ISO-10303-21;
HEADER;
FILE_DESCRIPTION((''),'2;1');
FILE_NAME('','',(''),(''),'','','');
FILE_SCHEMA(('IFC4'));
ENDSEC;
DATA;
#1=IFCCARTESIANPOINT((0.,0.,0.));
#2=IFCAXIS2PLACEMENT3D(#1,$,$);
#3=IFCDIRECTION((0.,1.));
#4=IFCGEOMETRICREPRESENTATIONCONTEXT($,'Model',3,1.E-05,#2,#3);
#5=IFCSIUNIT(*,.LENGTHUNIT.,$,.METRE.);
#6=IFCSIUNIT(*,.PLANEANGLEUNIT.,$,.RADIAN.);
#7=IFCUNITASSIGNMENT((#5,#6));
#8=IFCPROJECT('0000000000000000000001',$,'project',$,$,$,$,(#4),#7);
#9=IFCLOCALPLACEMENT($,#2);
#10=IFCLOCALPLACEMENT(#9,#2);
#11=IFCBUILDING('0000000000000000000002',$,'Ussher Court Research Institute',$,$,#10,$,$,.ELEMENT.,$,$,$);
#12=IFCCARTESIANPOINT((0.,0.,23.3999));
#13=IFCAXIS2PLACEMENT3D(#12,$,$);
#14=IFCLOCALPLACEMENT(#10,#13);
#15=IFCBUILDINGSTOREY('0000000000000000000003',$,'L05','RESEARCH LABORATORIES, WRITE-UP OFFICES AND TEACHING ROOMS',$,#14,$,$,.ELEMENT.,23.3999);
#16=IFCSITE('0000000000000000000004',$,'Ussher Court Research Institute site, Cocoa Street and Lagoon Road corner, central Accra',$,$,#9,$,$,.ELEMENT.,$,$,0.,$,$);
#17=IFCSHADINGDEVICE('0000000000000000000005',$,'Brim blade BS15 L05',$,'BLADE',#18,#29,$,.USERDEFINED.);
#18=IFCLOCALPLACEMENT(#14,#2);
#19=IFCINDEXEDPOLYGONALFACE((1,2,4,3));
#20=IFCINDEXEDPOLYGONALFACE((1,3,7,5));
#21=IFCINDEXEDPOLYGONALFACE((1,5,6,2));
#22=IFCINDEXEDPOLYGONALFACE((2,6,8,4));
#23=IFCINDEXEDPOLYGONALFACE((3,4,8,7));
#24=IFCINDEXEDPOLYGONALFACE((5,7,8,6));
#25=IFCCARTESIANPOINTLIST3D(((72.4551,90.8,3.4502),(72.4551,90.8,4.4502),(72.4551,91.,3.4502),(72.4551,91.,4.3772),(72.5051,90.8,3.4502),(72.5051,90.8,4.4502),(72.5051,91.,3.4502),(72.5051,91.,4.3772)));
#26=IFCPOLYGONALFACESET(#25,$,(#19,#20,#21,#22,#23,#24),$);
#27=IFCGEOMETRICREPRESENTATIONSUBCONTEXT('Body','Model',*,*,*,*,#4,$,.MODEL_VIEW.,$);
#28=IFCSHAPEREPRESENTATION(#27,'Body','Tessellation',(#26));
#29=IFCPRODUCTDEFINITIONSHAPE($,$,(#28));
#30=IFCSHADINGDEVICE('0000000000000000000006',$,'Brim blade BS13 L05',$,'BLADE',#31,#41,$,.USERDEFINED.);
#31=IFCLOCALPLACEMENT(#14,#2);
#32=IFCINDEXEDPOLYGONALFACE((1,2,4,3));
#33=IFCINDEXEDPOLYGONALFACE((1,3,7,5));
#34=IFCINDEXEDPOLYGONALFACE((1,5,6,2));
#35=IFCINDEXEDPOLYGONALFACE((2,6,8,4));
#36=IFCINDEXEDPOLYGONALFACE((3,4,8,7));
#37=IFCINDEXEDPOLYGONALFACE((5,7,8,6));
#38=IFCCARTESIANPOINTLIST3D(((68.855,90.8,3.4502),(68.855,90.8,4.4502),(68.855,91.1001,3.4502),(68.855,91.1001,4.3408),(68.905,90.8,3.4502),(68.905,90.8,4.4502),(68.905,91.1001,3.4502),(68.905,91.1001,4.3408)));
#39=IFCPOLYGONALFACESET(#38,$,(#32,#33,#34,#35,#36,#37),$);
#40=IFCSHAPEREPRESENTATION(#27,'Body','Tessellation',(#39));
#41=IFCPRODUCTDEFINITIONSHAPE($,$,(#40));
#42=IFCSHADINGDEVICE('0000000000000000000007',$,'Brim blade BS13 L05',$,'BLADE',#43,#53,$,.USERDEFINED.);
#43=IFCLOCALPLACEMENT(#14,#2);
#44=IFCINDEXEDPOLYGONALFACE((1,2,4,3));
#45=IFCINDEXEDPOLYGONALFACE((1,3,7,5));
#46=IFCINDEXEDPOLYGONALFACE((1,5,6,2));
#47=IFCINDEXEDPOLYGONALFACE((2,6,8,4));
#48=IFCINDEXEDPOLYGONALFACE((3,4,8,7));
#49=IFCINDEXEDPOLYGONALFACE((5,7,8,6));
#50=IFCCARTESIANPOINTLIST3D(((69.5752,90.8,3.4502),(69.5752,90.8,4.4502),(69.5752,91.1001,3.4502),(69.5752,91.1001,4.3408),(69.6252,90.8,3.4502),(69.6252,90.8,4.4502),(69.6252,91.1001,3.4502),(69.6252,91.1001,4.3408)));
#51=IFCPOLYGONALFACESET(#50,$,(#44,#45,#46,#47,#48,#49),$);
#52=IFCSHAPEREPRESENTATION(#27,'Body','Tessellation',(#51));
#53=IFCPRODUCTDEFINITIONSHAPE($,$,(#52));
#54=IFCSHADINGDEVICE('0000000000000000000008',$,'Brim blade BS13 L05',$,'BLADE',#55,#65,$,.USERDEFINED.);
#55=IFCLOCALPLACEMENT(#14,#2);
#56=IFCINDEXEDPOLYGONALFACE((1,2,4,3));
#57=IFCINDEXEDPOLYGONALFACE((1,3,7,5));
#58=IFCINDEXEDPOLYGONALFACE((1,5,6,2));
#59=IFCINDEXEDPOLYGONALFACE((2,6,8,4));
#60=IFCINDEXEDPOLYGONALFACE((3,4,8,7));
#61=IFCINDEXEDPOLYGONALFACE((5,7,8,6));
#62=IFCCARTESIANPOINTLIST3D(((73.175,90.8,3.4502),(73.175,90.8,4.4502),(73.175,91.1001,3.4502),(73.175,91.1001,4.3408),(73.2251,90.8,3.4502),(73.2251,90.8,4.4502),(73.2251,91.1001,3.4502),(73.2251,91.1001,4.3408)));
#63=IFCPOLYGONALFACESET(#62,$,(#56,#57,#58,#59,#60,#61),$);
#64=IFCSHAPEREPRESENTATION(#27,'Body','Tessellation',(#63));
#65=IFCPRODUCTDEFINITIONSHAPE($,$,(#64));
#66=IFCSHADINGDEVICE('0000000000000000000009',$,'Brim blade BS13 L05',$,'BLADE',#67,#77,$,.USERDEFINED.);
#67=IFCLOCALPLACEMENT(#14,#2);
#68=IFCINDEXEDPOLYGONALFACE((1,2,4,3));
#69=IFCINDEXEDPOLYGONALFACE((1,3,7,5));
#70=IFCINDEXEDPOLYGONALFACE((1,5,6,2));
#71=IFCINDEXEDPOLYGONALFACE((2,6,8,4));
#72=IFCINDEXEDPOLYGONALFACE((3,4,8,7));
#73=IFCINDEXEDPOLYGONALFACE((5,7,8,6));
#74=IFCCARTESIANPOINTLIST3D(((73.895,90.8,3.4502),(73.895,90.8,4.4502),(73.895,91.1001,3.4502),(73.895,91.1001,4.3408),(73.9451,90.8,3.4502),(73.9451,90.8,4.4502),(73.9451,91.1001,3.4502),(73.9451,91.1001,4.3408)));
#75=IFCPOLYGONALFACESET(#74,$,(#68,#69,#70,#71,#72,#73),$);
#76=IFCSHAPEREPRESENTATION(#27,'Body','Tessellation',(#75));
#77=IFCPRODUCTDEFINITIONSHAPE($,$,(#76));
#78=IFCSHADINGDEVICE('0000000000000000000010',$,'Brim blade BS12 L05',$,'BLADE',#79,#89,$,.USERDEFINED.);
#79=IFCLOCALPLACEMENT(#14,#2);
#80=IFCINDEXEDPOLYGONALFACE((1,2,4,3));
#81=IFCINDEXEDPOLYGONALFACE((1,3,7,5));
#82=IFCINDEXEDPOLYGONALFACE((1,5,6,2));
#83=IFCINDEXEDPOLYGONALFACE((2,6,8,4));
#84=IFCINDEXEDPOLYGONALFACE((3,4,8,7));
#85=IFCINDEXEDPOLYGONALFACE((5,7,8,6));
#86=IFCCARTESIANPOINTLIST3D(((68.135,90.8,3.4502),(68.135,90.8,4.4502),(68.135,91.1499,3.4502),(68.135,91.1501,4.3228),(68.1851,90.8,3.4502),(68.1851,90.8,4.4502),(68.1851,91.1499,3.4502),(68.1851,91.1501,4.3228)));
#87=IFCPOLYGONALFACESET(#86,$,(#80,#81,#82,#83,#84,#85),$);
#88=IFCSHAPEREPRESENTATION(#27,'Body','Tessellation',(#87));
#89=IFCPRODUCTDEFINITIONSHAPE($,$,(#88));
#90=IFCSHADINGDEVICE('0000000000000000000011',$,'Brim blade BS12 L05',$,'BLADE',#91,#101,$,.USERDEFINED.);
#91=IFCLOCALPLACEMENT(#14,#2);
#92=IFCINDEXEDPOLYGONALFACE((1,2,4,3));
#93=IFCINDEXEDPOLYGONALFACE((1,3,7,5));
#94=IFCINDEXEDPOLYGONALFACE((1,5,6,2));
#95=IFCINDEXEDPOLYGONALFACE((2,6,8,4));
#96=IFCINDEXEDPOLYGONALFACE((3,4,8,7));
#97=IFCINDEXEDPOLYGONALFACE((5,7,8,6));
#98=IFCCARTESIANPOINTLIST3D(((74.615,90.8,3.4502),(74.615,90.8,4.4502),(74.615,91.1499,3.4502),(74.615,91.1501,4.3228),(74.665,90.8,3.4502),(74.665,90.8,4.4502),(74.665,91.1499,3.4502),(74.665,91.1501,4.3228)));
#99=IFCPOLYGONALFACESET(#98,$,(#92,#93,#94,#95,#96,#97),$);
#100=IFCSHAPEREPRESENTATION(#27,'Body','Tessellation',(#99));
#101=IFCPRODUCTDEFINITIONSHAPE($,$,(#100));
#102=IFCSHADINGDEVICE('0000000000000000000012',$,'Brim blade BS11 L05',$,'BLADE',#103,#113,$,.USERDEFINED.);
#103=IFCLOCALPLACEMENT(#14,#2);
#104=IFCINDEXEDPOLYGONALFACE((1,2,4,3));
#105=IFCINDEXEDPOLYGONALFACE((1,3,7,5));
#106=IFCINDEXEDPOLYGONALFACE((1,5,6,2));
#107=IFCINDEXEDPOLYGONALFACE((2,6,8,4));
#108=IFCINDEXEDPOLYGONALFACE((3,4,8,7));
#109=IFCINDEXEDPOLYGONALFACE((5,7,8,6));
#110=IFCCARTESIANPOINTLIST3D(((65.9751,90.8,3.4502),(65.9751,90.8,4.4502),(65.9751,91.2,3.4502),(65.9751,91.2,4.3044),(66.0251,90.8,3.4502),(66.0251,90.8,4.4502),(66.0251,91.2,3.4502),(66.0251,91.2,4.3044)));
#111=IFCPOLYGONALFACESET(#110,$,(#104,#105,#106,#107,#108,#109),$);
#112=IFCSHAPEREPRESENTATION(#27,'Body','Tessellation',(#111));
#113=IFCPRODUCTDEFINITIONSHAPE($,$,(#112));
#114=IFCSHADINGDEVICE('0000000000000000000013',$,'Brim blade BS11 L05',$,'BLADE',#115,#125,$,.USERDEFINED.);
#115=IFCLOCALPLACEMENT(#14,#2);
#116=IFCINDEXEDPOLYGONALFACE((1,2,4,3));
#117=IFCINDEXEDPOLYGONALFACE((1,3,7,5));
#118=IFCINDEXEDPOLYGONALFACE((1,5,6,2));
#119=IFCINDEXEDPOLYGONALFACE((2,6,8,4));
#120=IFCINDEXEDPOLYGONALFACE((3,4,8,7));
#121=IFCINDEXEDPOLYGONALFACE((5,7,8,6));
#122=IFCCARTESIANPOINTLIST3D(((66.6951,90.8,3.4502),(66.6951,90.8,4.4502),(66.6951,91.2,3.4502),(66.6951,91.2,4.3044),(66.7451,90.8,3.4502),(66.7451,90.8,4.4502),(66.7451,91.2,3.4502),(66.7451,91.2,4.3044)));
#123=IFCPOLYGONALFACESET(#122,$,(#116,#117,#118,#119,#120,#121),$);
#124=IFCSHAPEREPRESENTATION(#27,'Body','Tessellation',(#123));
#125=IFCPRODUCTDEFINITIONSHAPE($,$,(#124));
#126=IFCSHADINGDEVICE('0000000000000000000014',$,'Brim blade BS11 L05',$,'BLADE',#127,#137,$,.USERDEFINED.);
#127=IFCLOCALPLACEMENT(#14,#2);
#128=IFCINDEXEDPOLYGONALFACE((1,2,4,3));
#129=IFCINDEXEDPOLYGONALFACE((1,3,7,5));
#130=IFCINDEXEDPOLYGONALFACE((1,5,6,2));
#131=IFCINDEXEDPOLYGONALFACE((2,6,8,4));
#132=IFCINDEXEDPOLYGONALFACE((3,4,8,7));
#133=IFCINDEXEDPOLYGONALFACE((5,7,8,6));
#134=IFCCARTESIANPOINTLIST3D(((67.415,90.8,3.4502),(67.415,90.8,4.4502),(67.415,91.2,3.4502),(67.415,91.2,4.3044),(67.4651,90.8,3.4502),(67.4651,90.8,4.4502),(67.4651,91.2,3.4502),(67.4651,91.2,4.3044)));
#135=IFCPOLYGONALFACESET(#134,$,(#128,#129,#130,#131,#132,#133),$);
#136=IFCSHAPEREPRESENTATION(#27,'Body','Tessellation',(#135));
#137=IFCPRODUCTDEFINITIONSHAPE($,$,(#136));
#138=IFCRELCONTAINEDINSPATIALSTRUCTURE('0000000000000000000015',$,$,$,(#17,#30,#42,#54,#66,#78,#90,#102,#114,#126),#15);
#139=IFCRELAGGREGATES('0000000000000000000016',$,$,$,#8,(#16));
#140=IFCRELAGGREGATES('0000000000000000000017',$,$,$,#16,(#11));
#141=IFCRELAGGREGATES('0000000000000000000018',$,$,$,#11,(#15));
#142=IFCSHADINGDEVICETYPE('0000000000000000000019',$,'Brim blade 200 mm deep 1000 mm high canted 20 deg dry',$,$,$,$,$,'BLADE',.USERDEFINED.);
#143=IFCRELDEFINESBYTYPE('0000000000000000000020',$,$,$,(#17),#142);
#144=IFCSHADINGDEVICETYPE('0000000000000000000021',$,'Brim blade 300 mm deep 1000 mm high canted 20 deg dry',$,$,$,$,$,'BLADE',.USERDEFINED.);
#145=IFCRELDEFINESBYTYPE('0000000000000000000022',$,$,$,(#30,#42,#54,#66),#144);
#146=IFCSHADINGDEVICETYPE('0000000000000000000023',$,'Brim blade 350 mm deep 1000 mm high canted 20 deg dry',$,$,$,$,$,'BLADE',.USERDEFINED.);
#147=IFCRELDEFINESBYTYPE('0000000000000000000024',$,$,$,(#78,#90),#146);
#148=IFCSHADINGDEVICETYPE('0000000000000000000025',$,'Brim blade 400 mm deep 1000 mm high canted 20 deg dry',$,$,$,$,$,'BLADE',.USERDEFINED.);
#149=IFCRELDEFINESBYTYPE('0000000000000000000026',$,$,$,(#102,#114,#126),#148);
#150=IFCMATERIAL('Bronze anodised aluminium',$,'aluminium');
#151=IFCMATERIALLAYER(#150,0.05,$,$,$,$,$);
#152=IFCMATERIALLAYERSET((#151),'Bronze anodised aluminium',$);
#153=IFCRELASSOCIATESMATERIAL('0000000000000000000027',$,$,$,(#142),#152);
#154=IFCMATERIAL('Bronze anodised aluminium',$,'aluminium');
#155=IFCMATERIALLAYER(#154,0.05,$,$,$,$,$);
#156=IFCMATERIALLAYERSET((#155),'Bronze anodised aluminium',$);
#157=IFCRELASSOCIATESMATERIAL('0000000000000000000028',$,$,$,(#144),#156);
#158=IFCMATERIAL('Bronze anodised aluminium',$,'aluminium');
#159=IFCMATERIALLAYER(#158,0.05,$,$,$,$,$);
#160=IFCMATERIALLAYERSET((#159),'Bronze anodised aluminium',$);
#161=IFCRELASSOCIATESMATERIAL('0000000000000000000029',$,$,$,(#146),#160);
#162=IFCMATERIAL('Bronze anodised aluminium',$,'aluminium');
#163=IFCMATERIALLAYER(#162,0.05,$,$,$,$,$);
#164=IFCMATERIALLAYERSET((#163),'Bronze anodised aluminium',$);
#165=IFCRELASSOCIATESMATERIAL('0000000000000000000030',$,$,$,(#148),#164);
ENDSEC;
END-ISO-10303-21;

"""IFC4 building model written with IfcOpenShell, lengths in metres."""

from ifc_helpers import new_model, si_unit, direction, frame, origin, place, context, subcontext, project, spatial, polyline, outline, extrude, material, layer, layer_set, type_object, element, save


model = new_model("IFC4")

# Units and contexts
model_context = context("Model", 3, precision=1e-05, world=origin(), true_north=direction((0.0, 1.0)))
body_context = subcontext(model_context, "Body", "Model", "MODEL_VIEW")
ifc_project = project(units=[si_unit("LENGTHUNIT", "METRE"), si_unit("PLANEANGLEUNIT", "RADIAN")], contexts=[model_context])

# Site, building, storey
site_placement = place(None, origin())
site = spatial("IfcSite", under=ifc_project, at=site_placement, Name="Ussher Court Research Institute site, Cocoa Street and Lagoon Road corner, central Accra", CompositionType="ELEMENT", RefElevation=0.0)
building_placement = place(site_placement, origin())
building = spatial("IfcBuilding", under=site, at=building_placement, Name="Ussher Court Research Institute", CompositionType="ELEMENT")
storey_placement = place(building_placement, frame((0.0, 0.0, 23.3999)))
storey = spatial("IfcBuildingStorey", under=building, at=storey_placement, Name="L05", Description="RESEARCH LABORATORIES, WRITE-UP OFFICES AND TEACHING ROOMS", CompositionType="ELEMENT", Elevation=23.3999)

# Shading devices
ifc_material_1 = material(Name="Bronze anodised aluminium", Category="aluminium")
ifc_layer_1 = layer(ifc_material_1, 0.05)
ifc_layer_set_1 = layer_set([ifc_layer_1], Name="Bronze anodised aluminium")
shading_device_type_1 = type_object("IfcShadingDeviceType", Name="Brim blade 200 mm deep 1000 mm high canted 20 deg dry", ElementType="BLADE", PredefinedType="USERDEFINED", material=ifc_layer_set_1)
for number, where, z_axis, x_axis, name in (
    (1, (72.48, 90.8, 3.4502), (0.0, 0.0, 1.0), (0.0, 1.0, 0.0), "Brim blade BS15 L05"),
):
    element("IfcShadingDevice", number, at=place(storey_placement, frame(where, z_axis=z_axis, x_axis=x_axis)), inside=storey, type_object=shading_device_type_1, Name=name, ObjectType="BLADE", PredefinedType="USERDEFINED", context=body_context, shape_type="SweptSolid", body=[
        extrude(outline(polyline([(0.0, 0.0), (0.2, 0.0), (0.2, 0.927), (0.0, 1.0), (0.0, 0.0)])), frame((0.0, 0.0249, 0.0), z_axis=(0.0, -1.0, 0.0), x_axis=(1.0, 0.0, 0.0)), (0.0, 0.0, 1.0), 0.05),
    ])
ifc_material_2 = material(Name="Bronze anodised aluminium", Category="aluminium")
ifc_layer_2 = layer(ifc_material_2, 0.05)
ifc_layer_set_2 = layer_set([ifc_layer_2], Name="Bronze anodised aluminium")
shading_device_type_2 = type_object("IfcShadingDeviceType", Name="Brim blade 300 mm deep 1000 mm high canted 20 deg dry", ElementType="BLADE", PredefinedType="USERDEFINED", material=ifc_layer_set_2)
for number, where, z_axis, x_axis, name in (
    (2, (68.8799, 90.8, 3.4502), (0.0, 0.0, 1.0), (0.0, 1.0, 0.0), "Brim blade BS13 L05"),
    (3, (69.6001, 90.8, 3.4502), (0.0, 0.0, 1.0), (0.0, 1.0, 0.0), "Brim blade BS13 L05"),
    (4, (73.2, 90.8, 3.4502), (0.0, 0.0, 1.0), (0.0, 1.0, 0.0), "Brim blade BS13 L05"),
    (5, (73.9199, 90.8, 3.4502), (0.0, 0.0, 1.0), (0.0, 1.0, 0.0), "Brim blade BS13 L05"),
):
    element("IfcShadingDevice", number, at=place(storey_placement, frame(where, z_axis=z_axis, x_axis=x_axis)), inside=storey, type_object=shading_device_type_2, Name=name, ObjectType="BLADE", PredefinedType="USERDEFINED", context=body_context, shape_type="SweptSolid", body=[
        extrude(outline(polyline([(0.0, 0.0), (0.3, 0.0), (0.3, 0.8906), (0.0, 1.0), (0.0, 0.0)])), frame((0.0, 0.0249, 0.0), z_axis=(0.0, -1.0, 0.0), x_axis=(1.0, 0.0, 0.0)), (0.0, 0.0, 1.0), 0.05),
    ])
ifc_material_3 = material(Name="Bronze anodised aluminium", Category="aluminium")
ifc_layer_3 = layer(ifc_material_3, 0.05)
ifc_layer_set_3 = layer_set([ifc_layer_3], Name="Bronze anodised aluminium")
shading_device_type_3 = type_object("IfcShadingDeviceType", Name="Brim blade 350 mm deep 1000 mm high canted 20 deg dry", ElementType="BLADE", PredefinedType="USERDEFINED", material=ifc_layer_set_3)
for number, where, z_axis, x_axis, name in (
    (6, (68.1599, 90.8, 3.4502), (0.0, 0.0, 1.0), (0.0, 1.0, 0.0), "Brim blade BS12 L05"),
    (7, (74.6399, 90.8, 3.4502), (0.0, 0.0, 1.0), (0.0, 1.0, 0.0), "Brim blade BS12 L05"),
):
    element("IfcShadingDevice", number, at=place(storey_placement, frame(where, z_axis=z_axis, x_axis=x_axis)), inside=storey, type_object=shading_device_type_3, Name=name, ObjectType="BLADE", PredefinedType="USERDEFINED", context=body_context, shape_type="SweptSolid", body=[
        extrude(outline(polyline([(0.0, 0.0), (0.3499, 0.0), (0.3501, 0.8726), (0.0, 1.0), (0.0, 0.0)])), frame((0.0, 0.0249, 0.0), z_axis=(0.0, -1.0, 0.0), x_axis=(1.0, 0.0, 0.0)), (0.0, 0.0, 1.0), 0.05),
    ])
ifc_material_4 = material(Name="Bronze anodised aluminium", Category="aluminium")
ifc_layer_4 = layer(ifc_material_4, 0.05)
ifc_layer_set_4 = layer_set([ifc_layer_4], Name="Bronze anodised aluminium")
shading_device_type_4 = type_object("IfcShadingDeviceType", Name="Brim blade 400 mm deep 1000 mm high canted 20 deg dry", ElementType="BLADE", PredefinedType="USERDEFINED", material=ifc_layer_set_4)
for number, where, z_axis, x_axis, name in (
    (8, (66.0, 90.8, 3.4502), (0.0, 0.0, 1.0), (0.0, 1.0, 0.0), "Brim blade BS11 L05"),
    (9, (66.72, 90.8, 3.4502), (0.0, 0.0, 1.0), (0.0, 1.0, 0.0), "Brim blade BS11 L05"),
    (10, (67.4399, 90.8, 3.4502), (0.0, 0.0, 1.0), (0.0, 1.0, 0.0), "Brim blade BS11 L05"),
):
    element("IfcShadingDevice", number, at=place(storey_placement, frame(where, z_axis=z_axis, x_axis=x_axis)), inside=storey, type_object=shading_device_type_4, Name=name, ObjectType="BLADE", PredefinedType="USERDEFINED", context=body_context, shape_type="SweptSolid", body=[
        extrude(outline(polyline([(0.0, 0.0), (0.3999, 0.0), (0.3999, 0.8542), (0.0, 1.0), (0.0, 0.0)])), frame((0.0, 0.0249, 0.0), z_axis=(0.0, -1.0, 0.0), x_axis=(1.0, 0.0, 0.0)), (0.0, 0.0, 1.0), 0.05),
    ])

save(model, "model.ifc")
